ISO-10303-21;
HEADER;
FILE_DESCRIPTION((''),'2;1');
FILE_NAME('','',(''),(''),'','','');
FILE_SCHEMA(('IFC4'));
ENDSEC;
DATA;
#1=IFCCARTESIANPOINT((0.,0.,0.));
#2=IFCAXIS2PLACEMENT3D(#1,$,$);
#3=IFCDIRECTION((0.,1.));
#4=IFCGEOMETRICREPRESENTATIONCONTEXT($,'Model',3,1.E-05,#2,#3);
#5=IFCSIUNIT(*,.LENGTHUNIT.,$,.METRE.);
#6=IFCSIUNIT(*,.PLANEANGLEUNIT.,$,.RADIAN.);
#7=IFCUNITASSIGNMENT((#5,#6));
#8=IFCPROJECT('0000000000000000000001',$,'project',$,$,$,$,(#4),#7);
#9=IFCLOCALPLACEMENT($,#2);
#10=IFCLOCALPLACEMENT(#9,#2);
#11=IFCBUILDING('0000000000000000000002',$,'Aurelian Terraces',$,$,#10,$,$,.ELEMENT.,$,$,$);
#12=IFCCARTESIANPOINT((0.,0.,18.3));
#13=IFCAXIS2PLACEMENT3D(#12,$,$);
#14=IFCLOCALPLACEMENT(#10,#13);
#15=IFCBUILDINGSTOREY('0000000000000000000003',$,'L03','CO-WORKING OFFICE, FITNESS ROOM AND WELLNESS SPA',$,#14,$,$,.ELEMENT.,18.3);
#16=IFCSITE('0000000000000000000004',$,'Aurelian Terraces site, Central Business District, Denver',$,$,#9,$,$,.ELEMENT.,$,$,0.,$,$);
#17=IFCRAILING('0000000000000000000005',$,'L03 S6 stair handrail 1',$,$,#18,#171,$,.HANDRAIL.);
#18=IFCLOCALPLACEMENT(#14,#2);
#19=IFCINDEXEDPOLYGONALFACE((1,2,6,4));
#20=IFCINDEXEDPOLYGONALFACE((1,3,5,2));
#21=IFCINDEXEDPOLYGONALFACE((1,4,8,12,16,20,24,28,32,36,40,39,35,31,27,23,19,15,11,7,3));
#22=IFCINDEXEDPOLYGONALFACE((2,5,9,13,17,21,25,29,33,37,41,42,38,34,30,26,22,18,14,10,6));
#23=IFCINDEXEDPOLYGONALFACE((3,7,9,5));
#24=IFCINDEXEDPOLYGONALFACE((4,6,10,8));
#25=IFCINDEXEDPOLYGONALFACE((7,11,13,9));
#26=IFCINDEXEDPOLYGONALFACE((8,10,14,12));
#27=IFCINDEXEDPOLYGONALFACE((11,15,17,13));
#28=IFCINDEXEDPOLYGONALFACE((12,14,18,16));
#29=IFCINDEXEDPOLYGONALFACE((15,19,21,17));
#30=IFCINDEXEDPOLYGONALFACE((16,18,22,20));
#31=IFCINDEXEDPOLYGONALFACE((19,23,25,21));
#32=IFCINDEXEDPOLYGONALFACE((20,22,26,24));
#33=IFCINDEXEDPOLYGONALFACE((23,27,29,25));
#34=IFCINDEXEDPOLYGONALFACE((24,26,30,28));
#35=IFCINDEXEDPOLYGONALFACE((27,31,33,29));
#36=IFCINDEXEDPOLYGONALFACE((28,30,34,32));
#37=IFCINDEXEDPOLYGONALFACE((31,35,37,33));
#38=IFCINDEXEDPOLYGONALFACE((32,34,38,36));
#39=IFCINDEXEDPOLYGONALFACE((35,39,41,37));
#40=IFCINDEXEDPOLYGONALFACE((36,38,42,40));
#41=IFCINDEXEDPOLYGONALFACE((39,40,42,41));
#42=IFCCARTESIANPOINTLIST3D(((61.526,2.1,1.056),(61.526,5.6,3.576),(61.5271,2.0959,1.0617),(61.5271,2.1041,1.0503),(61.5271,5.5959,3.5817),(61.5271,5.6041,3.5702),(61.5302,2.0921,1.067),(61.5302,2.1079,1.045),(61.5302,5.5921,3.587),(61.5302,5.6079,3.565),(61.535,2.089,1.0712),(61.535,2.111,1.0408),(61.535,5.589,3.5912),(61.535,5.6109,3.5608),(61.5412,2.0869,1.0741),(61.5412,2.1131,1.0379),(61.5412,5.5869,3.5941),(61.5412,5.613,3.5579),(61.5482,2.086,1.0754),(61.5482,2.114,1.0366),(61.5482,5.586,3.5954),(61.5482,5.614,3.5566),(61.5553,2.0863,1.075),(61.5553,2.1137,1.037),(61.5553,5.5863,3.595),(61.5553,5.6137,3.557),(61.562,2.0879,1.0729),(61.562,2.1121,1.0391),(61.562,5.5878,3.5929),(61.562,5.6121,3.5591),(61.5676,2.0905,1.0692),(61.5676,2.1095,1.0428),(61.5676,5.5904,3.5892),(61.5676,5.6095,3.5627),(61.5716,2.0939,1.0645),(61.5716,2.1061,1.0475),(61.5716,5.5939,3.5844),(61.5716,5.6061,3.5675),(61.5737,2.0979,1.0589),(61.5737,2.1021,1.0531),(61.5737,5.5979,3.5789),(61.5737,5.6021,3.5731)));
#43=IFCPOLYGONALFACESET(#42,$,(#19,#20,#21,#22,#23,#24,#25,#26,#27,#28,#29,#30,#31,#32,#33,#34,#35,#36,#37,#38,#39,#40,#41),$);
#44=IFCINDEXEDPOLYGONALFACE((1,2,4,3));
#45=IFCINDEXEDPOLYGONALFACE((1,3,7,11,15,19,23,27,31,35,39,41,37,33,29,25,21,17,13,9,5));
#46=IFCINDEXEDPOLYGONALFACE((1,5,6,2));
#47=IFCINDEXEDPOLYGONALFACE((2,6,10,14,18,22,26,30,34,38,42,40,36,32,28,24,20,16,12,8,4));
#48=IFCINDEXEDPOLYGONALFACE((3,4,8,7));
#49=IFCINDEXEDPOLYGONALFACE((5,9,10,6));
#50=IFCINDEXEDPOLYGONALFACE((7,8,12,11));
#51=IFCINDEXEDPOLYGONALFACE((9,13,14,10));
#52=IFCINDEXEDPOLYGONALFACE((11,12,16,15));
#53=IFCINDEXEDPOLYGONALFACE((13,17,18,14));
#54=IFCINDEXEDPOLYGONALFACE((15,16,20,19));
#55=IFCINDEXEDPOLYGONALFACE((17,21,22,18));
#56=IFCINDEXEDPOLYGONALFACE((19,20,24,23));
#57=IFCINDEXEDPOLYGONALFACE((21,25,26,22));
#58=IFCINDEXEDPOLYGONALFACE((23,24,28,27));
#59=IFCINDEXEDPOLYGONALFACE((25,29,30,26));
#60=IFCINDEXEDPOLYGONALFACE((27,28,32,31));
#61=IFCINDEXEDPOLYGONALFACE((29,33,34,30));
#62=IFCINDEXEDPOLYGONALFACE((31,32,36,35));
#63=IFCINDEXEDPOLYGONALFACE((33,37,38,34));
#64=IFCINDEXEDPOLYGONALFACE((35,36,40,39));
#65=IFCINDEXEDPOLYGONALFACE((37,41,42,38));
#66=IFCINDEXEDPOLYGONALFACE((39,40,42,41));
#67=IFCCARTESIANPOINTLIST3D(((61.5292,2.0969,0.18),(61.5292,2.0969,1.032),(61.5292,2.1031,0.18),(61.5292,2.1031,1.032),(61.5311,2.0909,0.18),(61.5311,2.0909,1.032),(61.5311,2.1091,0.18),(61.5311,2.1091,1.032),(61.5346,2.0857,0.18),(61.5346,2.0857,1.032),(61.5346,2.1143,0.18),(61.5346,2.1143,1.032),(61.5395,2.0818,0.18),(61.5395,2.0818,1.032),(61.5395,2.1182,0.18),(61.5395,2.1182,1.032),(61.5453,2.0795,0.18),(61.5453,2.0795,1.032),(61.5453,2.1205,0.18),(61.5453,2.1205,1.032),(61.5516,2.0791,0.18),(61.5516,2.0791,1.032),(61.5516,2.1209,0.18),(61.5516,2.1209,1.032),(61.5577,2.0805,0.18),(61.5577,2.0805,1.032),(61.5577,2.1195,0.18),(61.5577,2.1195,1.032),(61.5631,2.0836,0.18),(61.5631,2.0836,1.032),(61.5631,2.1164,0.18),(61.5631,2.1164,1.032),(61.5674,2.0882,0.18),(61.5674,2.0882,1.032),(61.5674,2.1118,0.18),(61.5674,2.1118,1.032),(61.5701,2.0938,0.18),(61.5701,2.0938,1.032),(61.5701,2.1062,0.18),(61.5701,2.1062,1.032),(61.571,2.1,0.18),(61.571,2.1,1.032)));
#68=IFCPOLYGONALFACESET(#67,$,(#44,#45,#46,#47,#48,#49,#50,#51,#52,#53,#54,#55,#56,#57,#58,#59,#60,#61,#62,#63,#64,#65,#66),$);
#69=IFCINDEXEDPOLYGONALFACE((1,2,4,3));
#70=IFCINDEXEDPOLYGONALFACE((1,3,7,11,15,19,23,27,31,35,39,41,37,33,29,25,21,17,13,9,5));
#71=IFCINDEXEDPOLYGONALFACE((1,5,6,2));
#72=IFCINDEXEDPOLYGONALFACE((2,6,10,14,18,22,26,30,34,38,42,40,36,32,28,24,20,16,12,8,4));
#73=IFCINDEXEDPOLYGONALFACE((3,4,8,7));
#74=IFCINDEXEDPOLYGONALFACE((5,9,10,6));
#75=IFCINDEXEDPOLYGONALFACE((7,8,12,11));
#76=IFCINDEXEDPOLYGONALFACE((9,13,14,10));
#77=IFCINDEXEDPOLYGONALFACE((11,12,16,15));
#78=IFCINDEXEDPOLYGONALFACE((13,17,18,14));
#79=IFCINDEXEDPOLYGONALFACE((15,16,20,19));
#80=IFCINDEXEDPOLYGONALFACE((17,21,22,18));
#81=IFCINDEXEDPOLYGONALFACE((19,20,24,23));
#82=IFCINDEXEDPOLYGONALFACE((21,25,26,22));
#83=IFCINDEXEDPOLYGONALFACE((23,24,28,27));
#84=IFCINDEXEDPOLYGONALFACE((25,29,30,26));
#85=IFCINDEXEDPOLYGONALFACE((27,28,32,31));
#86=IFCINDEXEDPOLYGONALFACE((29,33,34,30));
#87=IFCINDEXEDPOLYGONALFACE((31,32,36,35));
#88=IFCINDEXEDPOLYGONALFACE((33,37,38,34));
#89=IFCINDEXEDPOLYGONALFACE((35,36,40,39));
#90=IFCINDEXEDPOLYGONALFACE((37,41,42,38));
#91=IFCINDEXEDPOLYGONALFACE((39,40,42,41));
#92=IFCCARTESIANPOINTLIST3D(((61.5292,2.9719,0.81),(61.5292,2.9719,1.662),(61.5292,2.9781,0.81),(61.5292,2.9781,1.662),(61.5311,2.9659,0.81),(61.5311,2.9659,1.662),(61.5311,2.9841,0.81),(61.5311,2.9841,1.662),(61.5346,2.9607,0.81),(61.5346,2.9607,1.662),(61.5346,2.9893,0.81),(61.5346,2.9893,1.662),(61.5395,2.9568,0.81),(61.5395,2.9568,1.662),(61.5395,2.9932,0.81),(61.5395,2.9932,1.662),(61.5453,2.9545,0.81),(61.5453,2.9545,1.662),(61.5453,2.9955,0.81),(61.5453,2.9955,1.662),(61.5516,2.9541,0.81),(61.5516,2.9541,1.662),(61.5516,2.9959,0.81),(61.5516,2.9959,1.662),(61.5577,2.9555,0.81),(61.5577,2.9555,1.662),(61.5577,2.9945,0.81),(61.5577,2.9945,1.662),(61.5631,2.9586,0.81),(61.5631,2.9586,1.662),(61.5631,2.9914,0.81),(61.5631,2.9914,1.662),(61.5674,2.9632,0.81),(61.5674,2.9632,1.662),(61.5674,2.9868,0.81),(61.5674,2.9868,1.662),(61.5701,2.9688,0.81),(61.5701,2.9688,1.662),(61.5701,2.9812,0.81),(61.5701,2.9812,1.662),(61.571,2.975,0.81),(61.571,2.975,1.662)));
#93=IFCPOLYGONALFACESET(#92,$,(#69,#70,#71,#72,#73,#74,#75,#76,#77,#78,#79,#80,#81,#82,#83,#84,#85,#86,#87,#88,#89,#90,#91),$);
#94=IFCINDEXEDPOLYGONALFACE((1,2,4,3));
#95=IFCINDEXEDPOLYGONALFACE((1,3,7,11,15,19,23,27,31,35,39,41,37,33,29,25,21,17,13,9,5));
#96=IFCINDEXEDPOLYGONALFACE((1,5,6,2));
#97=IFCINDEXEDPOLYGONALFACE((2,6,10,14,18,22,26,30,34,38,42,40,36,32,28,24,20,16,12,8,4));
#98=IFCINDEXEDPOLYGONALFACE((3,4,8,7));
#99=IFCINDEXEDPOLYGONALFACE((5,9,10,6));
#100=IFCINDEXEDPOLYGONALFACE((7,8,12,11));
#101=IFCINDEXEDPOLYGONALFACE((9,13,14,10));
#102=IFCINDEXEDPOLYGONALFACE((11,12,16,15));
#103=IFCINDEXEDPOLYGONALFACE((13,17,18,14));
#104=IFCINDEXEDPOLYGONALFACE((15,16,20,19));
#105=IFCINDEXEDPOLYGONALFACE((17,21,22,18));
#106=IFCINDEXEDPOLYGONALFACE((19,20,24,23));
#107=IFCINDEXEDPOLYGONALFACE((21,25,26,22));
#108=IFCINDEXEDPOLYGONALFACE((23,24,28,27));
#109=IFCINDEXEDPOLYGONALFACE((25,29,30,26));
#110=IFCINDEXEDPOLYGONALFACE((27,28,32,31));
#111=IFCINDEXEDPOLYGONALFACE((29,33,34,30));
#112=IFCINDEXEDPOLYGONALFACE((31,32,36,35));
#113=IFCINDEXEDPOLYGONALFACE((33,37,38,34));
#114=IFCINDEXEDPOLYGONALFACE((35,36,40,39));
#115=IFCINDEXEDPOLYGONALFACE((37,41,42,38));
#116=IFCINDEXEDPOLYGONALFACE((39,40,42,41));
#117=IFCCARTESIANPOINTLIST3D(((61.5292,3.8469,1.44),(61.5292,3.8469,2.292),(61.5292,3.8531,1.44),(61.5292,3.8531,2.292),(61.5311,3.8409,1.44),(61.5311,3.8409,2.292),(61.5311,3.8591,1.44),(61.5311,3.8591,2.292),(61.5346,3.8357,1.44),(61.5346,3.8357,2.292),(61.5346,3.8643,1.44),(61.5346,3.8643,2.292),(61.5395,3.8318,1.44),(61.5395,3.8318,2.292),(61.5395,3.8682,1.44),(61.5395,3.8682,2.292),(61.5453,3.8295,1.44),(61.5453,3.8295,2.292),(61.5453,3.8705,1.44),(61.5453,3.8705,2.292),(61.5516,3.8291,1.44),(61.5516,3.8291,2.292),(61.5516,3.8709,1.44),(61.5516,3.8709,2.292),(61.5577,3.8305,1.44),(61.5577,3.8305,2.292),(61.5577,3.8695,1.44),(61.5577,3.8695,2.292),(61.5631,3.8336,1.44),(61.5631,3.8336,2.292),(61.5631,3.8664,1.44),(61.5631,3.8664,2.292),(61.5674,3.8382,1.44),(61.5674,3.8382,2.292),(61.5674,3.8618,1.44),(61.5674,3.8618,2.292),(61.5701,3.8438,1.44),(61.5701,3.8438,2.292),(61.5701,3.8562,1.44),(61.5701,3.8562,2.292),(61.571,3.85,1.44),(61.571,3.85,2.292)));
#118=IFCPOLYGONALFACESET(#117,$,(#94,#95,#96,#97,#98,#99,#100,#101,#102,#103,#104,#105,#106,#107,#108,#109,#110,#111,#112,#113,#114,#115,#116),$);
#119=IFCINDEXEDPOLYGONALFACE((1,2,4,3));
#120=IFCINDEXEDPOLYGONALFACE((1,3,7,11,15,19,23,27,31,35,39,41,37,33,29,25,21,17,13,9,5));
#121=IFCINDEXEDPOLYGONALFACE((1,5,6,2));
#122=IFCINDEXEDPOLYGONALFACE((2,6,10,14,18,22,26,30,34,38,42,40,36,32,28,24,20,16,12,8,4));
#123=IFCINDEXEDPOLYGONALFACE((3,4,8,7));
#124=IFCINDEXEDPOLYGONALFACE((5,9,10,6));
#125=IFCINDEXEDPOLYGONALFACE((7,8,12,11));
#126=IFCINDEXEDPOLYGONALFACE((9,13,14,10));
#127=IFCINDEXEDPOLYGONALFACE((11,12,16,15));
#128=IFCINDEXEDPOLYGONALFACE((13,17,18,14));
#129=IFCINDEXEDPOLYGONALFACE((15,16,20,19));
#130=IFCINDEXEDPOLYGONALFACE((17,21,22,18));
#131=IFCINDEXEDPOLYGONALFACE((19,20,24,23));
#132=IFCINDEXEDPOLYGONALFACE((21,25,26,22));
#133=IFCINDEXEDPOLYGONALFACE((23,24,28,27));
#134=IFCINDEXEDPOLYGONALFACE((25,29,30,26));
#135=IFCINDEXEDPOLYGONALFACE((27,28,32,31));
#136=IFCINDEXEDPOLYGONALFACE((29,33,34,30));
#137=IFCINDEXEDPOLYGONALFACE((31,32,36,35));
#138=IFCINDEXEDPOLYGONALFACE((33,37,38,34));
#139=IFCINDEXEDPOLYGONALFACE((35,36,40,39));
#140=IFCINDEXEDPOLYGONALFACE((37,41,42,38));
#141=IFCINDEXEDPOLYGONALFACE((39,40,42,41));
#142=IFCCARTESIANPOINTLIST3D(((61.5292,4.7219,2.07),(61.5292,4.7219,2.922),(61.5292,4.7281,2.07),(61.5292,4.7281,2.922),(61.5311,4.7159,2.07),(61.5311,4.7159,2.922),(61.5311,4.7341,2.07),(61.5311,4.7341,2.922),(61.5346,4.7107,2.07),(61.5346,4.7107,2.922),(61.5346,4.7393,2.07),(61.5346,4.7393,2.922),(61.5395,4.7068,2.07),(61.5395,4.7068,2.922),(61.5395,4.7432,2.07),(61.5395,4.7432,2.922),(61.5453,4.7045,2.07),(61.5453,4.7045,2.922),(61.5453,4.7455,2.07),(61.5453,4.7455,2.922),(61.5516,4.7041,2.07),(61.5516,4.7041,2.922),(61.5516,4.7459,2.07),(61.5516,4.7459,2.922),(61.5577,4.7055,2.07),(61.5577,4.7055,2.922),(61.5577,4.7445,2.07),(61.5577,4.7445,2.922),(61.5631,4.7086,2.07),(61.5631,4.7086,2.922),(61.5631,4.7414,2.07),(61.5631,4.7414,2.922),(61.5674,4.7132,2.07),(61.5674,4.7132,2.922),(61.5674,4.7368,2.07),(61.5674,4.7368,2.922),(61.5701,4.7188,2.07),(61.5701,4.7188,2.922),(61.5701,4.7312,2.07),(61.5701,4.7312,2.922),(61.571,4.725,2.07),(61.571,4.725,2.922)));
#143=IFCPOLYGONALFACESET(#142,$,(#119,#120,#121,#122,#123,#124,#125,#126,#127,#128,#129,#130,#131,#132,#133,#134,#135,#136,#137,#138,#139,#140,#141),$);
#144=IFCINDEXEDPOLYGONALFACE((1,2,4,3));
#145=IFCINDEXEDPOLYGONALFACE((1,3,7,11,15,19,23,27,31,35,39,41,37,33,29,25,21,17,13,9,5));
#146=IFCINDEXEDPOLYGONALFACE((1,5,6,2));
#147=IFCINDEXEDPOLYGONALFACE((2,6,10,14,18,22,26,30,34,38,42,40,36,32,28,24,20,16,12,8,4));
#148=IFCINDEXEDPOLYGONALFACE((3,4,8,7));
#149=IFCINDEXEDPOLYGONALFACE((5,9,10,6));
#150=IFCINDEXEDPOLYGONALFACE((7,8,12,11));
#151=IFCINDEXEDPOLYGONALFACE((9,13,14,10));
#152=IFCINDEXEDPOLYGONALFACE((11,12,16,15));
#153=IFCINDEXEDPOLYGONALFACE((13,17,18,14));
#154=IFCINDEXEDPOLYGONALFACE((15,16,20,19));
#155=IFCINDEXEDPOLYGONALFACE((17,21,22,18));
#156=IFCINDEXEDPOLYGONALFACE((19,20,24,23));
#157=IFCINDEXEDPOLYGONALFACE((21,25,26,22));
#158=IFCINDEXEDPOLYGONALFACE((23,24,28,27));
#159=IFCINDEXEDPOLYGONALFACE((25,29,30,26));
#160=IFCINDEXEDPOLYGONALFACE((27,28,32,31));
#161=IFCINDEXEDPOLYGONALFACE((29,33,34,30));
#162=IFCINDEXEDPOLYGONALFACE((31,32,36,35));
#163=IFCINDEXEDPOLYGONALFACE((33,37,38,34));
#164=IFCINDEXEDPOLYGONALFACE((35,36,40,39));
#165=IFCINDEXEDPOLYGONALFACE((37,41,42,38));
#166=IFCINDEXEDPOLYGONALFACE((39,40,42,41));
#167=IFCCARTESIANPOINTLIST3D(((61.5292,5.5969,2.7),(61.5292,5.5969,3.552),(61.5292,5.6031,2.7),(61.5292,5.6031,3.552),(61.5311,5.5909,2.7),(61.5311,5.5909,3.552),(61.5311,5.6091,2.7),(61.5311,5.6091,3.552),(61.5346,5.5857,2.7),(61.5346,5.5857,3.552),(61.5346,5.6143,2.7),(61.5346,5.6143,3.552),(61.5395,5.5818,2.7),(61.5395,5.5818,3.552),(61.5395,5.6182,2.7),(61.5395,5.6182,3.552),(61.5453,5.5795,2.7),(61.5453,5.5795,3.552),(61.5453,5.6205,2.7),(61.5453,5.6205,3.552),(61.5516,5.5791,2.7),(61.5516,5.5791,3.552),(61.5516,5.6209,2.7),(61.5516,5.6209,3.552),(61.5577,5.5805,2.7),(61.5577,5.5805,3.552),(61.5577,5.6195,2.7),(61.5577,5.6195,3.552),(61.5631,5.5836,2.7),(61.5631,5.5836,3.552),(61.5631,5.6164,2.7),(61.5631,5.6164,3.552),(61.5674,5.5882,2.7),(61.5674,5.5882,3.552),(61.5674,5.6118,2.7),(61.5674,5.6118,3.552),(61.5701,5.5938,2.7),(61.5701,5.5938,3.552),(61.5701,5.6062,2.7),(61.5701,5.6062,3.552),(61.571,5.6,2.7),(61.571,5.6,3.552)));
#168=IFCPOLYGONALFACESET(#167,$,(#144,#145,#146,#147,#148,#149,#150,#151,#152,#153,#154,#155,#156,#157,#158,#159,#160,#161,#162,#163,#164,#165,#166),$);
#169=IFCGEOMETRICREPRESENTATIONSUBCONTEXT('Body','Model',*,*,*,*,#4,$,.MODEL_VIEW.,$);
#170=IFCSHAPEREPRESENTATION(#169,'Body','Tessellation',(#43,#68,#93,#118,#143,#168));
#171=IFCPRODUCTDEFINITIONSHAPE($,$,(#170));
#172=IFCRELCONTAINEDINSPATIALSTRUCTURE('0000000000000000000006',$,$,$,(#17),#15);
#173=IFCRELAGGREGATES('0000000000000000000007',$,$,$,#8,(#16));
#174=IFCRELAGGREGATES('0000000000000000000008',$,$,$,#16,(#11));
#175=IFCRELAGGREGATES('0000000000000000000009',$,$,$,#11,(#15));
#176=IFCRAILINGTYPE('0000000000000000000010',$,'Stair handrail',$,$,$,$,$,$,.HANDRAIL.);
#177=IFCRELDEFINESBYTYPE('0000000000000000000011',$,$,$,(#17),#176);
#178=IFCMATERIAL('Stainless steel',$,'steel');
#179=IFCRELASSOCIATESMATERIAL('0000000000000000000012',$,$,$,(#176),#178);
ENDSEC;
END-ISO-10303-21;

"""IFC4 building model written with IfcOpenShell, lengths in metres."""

from ifc_helpers import new_model, si_unit, direction, frame, origin, origin_2d, place, context, subcontext, project, spatial, circle, extrude, source, transform, mapped, material, type_object, element, save


model = new_model("IFC4")

# Units and contexts
model_context = context("Model", 3, precision=1e-05, world=origin(), true_north=direction((0.0, 1.0)))
body_context = subcontext(model_context, "Body", "Model", "MODEL_VIEW")
ifc_project = project(units=[si_unit("LENGTHUNIT", "METRE"), si_unit("PLANEANGLEUNIT", "RADIAN")], contexts=[model_context])

# Site, building, storey
site_placement = place(None, origin())
site = spatial("IfcSite", under=ifc_project, at=site_placement, Name="Aurelian Terraces site, Central Business District, Denver", CompositionType="ELEMENT", RefElevation=0.0)
building_placement = place(site_placement, origin())
building = spatial("IfcBuilding", under=site, at=building_placement, Name="Aurelian Terraces", CompositionType="ELEMENT")
storey_placement = place(building_placement, frame((0.0, 0.0, 18.3)))
storey = spatial("IfcBuildingStorey", under=building, at=storey_placement, Name="L03", Description="CO-WORKING OFFICE, FITNESS ROOM AND WELLNESS SPA", CompositionType="ELEMENT", Elevation=18.3)

# Railing
ifc_material_1 = material(Name="Stainless steel", Category="steel")
railing_type_1 = type_object("IfcRailingType", Name="Stair handrail", PredefinedType="HANDRAIL", material=ifc_material_1)
shared_shape_1 = source(origin(), body_context, "Body", "SweptSolid", [
    extrude(circle(Radius=0.024, at=origin_2d()), frame((0.0, 0.0, 0.876), z_axis=(0.0, 0.811534, 0.584305), x_axis=(-1.0, 0.0, 0.0)), (0.0, 0.0, 1.0), 4.3128),
    extrude(circle(Radius=0.021, at=origin_2d()), origin(), (0.0, 0.0, 1.0), 0.852),
    extrude(circle(Radius=0.021, at=origin_2d()), frame((0.0, 0.875, 0.63)), (0.0, 0.0, 1.0), 0.852),
    extrude(circle(Radius=0.021, at=origin_2d()), frame((0.0, 1.75, 1.26)), (0.0, 0.0, 1.0), 0.852),
    extrude(circle(Radius=0.021, at=origin_2d()), frame((0.0, 2.625, 1.89)), (0.0, 0.0, 1.0), 0.852),
    extrude(circle(Radius=0.021, at=origin_2d()), frame((0.0, 3.5, 2.52)), (0.0, 0.0, 1.0), 0.852),
])
railing_1_placement = place(storey_placement, frame((61.55, 2.1, 0.18)))
element("IfcRailing", 1, at=railing_1_placement, inside=storey, type_object=railing_type_1, Name="L03 S6 stair handrail 1", PredefinedType="HANDRAIL", context=body_context, shape_type="MappedRepresentation", body=[
    mapped(shared_shape_1, transform((0.0, 0.0, 0.0), scale=1.0)),
])

save(model, "model.ifc")
